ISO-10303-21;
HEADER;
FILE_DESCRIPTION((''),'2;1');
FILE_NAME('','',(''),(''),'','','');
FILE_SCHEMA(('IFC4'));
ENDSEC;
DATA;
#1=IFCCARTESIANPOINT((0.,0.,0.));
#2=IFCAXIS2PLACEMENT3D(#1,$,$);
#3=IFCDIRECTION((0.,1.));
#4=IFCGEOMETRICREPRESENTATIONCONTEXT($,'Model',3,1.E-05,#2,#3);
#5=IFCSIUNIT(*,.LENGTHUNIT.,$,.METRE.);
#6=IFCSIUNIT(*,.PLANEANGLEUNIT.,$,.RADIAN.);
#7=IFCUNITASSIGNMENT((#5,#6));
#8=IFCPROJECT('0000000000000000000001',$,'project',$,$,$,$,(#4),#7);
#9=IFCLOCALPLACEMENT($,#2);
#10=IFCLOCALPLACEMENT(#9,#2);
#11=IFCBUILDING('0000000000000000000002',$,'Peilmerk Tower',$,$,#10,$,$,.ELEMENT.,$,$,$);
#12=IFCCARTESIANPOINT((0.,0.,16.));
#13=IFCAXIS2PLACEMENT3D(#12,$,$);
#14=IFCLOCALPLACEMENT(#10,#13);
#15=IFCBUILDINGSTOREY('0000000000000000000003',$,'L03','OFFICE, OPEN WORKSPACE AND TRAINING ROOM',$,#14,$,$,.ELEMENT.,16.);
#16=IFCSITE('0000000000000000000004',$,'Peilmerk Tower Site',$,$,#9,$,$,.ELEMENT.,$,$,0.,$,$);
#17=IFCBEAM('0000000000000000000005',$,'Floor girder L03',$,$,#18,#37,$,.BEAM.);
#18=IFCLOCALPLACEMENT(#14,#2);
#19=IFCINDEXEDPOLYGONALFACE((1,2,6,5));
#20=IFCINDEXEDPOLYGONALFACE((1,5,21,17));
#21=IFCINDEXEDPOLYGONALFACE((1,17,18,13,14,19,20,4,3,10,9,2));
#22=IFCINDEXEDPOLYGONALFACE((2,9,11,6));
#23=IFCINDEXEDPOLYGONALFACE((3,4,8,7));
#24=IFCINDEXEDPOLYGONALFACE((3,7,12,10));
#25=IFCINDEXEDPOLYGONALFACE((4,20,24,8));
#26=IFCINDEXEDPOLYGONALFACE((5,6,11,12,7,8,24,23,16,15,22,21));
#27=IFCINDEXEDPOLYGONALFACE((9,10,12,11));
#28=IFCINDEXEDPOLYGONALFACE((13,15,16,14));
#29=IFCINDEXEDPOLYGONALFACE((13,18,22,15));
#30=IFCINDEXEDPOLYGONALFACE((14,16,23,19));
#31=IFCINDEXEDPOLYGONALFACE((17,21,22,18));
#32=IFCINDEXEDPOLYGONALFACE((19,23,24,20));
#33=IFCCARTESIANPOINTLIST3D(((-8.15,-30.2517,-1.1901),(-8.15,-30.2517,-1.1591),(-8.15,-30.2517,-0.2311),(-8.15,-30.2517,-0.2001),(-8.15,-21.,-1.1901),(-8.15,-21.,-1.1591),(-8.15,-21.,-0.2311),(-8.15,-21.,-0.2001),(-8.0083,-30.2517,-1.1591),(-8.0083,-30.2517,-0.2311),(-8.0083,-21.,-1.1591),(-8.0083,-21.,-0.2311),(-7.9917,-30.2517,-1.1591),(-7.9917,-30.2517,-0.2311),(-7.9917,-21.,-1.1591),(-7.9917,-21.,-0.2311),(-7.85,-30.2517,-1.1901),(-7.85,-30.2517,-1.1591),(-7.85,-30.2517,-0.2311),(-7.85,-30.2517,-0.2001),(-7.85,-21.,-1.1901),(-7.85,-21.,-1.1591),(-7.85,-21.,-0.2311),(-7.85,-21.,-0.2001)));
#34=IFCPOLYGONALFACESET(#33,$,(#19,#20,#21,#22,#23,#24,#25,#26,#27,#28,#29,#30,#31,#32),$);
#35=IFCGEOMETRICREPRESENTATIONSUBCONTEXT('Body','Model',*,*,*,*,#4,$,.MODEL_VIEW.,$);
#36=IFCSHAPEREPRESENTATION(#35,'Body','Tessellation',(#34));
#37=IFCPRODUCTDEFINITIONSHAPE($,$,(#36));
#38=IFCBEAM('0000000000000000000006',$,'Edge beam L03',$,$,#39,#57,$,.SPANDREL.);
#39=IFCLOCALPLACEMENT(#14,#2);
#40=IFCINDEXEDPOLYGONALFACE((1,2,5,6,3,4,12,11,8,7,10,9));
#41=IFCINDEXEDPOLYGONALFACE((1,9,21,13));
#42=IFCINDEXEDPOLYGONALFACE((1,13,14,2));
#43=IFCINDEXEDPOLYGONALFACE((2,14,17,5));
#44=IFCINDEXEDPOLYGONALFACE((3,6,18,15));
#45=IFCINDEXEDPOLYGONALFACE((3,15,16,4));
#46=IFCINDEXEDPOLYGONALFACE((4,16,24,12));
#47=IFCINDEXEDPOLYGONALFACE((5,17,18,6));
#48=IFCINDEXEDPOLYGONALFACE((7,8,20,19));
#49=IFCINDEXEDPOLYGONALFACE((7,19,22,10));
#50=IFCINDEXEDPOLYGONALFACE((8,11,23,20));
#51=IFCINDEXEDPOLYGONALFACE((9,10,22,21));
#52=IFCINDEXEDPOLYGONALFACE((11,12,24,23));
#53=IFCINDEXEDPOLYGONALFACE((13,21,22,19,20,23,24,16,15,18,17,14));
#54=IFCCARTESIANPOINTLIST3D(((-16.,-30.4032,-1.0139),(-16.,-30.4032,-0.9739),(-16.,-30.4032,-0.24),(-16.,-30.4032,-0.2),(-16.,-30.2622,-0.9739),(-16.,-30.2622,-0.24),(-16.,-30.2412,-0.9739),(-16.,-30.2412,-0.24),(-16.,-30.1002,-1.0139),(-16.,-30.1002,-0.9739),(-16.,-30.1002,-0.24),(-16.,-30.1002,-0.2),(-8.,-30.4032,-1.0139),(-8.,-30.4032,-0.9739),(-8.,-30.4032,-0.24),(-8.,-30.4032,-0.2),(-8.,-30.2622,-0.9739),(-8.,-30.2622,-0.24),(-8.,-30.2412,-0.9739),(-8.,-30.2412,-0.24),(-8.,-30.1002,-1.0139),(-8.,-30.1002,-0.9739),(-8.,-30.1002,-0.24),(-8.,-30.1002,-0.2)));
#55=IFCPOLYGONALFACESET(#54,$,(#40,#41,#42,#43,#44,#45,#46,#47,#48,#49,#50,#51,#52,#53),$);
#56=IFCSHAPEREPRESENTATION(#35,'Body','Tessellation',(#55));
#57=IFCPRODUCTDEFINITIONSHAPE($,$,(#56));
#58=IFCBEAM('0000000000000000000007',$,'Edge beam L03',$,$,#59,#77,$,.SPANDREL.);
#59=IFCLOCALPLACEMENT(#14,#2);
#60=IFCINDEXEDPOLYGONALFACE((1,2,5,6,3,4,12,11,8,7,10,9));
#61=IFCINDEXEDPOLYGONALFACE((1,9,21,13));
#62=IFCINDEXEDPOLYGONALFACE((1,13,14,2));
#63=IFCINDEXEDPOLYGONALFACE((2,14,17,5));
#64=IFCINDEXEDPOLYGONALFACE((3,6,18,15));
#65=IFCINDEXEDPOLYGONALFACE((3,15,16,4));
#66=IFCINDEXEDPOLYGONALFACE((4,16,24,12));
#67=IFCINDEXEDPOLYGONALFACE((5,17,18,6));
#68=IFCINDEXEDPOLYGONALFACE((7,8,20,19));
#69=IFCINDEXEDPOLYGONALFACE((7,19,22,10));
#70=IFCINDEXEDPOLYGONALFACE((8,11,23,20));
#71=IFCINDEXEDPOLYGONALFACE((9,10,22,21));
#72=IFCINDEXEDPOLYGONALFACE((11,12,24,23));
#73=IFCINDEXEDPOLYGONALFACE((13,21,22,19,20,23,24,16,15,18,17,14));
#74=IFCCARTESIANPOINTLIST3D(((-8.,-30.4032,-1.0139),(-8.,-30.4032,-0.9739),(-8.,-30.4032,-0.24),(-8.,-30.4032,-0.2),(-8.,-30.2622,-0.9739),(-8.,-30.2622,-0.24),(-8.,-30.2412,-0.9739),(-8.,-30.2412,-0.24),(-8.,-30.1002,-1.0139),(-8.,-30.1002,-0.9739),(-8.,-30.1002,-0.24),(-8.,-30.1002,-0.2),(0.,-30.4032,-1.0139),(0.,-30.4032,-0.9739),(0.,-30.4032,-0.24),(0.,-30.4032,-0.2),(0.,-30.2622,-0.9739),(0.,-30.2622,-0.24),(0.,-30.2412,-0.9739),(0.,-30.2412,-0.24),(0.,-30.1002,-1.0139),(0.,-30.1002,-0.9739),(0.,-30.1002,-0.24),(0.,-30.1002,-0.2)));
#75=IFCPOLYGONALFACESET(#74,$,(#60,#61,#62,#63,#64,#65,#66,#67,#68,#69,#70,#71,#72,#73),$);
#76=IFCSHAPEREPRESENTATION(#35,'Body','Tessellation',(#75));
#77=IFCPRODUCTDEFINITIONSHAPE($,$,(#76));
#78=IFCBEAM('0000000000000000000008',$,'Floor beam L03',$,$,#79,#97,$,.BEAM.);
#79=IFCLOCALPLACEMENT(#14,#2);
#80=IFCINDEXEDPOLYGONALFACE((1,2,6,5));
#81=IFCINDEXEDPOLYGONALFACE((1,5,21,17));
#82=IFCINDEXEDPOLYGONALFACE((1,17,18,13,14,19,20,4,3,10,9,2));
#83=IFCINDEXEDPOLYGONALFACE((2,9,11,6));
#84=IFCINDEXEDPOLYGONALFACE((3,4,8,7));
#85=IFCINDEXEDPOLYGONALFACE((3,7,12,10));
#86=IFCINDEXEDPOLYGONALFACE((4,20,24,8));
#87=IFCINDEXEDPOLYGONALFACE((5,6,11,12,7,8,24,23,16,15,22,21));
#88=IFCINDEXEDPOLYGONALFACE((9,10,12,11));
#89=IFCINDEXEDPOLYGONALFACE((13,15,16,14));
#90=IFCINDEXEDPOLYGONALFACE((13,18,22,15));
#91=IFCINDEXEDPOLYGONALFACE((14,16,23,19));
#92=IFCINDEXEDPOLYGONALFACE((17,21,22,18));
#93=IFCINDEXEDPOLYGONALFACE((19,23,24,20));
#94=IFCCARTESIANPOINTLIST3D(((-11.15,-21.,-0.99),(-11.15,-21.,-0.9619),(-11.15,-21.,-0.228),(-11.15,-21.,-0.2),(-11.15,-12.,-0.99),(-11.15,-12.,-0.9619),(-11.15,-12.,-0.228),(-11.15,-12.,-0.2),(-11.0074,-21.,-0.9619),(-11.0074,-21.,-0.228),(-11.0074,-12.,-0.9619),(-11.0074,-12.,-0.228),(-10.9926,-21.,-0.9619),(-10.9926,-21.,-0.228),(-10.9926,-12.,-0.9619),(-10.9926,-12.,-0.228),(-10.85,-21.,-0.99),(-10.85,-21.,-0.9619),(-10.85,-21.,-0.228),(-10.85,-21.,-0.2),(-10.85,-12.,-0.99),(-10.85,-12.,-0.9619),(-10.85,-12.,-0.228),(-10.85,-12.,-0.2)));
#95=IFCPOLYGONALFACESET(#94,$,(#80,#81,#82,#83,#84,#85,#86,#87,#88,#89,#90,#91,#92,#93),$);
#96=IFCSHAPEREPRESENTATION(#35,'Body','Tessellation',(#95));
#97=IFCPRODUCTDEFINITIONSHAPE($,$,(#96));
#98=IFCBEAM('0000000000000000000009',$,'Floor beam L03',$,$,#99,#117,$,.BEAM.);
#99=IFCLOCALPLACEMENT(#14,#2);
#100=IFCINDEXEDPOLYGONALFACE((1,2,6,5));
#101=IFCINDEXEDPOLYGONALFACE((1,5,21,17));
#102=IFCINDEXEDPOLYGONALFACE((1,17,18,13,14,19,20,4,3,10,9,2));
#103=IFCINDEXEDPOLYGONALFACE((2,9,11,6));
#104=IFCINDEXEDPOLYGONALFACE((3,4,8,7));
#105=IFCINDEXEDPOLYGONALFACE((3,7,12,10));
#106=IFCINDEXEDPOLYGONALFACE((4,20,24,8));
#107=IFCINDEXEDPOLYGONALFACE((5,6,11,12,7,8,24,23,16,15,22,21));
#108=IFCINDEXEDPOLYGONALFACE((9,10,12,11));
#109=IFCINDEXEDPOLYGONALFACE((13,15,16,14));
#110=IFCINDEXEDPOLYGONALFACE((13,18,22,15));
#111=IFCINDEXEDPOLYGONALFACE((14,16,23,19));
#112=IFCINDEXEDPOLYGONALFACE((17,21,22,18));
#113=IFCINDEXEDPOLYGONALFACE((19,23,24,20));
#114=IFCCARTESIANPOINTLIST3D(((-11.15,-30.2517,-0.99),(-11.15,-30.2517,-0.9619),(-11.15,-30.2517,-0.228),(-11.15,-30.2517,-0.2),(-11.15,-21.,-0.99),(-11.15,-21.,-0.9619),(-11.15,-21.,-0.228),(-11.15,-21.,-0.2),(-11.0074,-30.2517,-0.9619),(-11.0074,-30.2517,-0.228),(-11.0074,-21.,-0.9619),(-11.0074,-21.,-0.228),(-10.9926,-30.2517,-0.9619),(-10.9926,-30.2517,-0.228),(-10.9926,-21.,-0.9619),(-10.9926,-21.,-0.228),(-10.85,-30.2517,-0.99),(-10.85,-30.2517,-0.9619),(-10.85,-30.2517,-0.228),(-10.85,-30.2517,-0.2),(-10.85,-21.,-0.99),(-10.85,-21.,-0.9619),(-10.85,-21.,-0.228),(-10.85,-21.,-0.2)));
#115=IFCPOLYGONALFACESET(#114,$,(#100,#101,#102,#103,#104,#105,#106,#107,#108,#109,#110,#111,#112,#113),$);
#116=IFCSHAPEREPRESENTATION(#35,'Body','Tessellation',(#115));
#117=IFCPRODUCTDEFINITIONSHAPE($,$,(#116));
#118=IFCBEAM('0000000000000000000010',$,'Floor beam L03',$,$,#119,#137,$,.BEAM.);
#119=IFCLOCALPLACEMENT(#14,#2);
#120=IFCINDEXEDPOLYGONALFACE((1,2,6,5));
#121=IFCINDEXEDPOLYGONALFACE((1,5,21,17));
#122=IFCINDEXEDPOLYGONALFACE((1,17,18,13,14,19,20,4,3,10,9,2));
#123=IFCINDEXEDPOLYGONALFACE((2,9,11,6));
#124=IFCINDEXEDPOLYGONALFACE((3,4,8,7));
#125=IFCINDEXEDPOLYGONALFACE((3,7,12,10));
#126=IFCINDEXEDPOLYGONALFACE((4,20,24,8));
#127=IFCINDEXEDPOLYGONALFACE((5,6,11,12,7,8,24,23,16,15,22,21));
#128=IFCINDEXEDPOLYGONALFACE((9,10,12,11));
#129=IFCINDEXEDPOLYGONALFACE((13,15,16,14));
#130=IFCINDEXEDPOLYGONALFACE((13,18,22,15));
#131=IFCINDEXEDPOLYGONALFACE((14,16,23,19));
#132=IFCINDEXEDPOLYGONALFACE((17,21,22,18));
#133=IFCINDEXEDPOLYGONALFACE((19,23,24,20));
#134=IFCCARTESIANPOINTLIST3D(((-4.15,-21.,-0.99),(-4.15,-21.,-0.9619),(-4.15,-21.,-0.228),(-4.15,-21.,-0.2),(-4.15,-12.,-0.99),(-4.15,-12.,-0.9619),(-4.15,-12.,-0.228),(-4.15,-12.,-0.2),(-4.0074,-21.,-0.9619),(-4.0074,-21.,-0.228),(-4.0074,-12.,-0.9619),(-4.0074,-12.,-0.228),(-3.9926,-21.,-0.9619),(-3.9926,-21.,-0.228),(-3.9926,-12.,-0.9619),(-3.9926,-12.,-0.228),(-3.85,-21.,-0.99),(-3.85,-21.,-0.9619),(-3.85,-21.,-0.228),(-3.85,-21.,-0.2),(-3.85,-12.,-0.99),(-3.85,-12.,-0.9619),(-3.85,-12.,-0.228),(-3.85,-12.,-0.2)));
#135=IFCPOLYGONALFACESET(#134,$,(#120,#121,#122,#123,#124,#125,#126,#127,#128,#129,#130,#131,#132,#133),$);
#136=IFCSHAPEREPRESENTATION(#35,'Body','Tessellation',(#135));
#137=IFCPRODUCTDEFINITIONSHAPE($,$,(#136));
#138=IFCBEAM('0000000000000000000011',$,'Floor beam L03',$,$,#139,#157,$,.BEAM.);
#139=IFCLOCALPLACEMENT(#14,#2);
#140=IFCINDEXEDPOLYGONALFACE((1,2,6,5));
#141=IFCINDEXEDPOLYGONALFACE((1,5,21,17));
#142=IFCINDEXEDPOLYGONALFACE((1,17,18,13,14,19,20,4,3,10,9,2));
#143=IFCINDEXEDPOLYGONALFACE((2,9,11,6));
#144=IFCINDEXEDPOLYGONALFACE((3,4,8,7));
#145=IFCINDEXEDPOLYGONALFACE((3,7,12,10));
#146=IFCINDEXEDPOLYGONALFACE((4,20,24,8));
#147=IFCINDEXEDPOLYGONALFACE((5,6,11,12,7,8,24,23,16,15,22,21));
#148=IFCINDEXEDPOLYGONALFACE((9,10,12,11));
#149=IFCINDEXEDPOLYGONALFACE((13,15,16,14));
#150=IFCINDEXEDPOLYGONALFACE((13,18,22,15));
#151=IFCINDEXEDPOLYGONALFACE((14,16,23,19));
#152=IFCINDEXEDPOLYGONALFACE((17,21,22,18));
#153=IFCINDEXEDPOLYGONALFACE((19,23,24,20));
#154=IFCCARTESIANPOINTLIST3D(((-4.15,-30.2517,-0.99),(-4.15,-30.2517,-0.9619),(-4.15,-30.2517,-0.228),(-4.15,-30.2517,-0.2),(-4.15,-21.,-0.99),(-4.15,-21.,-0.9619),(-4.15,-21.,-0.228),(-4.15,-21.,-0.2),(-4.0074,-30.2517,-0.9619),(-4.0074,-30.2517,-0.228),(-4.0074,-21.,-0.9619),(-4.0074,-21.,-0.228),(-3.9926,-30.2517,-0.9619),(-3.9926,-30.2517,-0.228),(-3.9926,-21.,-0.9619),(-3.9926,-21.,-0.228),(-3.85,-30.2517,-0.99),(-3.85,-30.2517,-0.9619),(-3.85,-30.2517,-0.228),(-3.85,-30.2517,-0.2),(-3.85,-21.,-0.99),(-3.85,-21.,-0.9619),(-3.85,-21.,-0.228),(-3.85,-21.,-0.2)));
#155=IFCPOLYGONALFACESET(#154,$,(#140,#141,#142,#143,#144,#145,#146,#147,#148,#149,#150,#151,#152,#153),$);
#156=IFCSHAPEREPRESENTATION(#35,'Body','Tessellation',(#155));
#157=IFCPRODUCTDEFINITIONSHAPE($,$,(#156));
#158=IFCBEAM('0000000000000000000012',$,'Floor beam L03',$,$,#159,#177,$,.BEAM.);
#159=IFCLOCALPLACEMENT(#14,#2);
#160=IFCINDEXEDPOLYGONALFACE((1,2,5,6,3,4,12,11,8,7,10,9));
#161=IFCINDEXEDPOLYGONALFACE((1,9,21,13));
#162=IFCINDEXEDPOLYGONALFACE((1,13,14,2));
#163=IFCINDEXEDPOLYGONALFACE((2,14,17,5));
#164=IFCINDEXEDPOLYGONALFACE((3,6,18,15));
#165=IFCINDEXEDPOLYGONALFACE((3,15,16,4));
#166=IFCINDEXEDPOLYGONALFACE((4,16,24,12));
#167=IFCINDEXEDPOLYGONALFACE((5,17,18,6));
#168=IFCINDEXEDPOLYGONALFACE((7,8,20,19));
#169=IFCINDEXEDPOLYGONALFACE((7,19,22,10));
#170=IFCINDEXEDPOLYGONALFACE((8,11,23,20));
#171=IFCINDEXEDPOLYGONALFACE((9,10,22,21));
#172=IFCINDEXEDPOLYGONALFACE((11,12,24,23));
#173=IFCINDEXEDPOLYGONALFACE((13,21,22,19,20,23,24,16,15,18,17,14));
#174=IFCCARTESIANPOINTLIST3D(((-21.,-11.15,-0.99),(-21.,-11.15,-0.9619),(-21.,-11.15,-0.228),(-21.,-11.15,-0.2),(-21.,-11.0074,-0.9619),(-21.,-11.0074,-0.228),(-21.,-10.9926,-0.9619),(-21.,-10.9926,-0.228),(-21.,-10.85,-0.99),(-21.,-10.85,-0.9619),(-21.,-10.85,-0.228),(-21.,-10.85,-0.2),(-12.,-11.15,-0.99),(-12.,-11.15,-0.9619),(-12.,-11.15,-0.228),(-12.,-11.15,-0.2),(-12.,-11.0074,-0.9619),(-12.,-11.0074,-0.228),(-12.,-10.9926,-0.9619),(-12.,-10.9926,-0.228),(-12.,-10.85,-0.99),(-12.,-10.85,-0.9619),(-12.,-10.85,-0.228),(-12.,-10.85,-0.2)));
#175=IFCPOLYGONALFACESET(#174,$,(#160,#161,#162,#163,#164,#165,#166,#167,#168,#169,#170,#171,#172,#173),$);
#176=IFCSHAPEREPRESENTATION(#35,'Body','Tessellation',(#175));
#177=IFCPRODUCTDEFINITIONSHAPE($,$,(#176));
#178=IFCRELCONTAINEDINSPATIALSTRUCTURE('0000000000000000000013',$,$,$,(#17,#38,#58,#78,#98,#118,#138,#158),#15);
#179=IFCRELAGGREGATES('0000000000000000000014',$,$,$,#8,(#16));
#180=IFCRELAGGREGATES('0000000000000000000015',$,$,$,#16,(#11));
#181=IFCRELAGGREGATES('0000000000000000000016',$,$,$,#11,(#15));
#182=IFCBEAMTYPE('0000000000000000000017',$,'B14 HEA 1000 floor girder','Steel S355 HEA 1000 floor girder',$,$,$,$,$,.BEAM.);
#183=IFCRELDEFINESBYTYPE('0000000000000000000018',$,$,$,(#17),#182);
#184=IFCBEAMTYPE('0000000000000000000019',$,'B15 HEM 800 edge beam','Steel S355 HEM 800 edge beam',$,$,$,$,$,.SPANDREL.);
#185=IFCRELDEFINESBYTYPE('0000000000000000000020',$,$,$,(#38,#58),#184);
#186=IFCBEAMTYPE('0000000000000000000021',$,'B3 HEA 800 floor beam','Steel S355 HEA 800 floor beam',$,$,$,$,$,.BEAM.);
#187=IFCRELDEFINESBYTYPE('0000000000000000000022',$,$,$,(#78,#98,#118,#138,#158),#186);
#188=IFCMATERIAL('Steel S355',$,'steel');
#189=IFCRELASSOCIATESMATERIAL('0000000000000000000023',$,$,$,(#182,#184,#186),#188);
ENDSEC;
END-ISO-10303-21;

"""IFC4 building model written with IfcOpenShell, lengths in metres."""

from ifc_helpers import new_model, si_unit, direction, frame, origin, origin_2d, place, context, subcontext, project, spatial, i_section, extrude, material, material_profile, profile_set, type_object, element, save


model = new_model("IFC4")

# Units and contexts
model_context = context("Model", 3, precision=1e-05, world=origin(), true_north=direction((0.0, 1.0)))
body_context = subcontext(model_context, "Body", "Model", "MODEL_VIEW")
ifc_project = project(units=[si_unit("LENGTHUNIT", "METRE"), si_unit("PLANEANGLEUNIT", "RADIAN")], contexts=[model_context])

# Site, building, storey
site_placement = place(None, origin())
site = spatial("IfcSite", under=ifc_project, at=site_placement, Name="Peilmerk Tower Site", CompositionType="ELEMENT", RefElevation=0.0)
building_placement = place(site_placement, origin())
building = spatial("IfcBuilding", under=site, at=building_placement, Name="Peilmerk Tower", CompositionType="ELEMENT")
storey_placement = place(building_placement, frame((0.0, 0.0, 16.0)))
storey = spatial("IfcBuildingStorey", under=building, at=storey_placement, Name="L03", Description="OFFICE, OPEN WORKSPACE AND TRAINING ROOM", CompositionType="ELEMENT", Elevation=16.0)

# Beams
ifc_material_1 = material(Name="Steel S355", Category="steel")
ifc_material_profile_1 = material_profile(ifc_material_1, i_section(OverallWidth=0.3, OverallDepth=0.99, WebThickness=0.0166, FlangeThickness=0.031, at=origin_2d()), Name="HEA 1000")
ifc_profile_set_1 = profile_set([ifc_material_profile_1], Name="Steel S355")
beam_type_1 = type_object("IfcBeamType", Name="B14 HEA 1000 floor girder", Description="Steel S355 HEA 1000 floor girder", PredefinedType="BEAM", material=ifc_profile_set_1)
beam_1_placement = place(storey_placement, frame((-8.0, -21.0, -0.6951), z_axis=(0.0, -1.0, 0.0), x_axis=(1.0, 0.0, 0.0)))
element("IfcBeam", 1, at=beam_1_placement, inside=storey, type_object=beam_type_1, Name="Floor girder L03", PredefinedType="BEAM", context=body_context, shape_type="SweptSolid", body=[
    extrude(i_section(OverallWidth=0.3, OverallDepth=0.99, WebThickness=0.0166, FlangeThickness=0.031, at=origin_2d()), origin(), (0.0, 0.0, 1.0), 9.2517),
])
ifc_material_profile_2 = material_profile(ifc_material_1, i_section(OverallWidth=0.303, OverallDepth=0.814, WebThickness=0.021, FlangeThickness=0.04, at=origin_2d()), Name="HEM 800")
ifc_profile_set_2 = profile_set([ifc_material_profile_2], Name="Steel S355")
beam_type_2 = type_object("IfcBeamType", Name="B15 HEM 800 edge beam", Description="Steel S355 HEM 800 edge beam", PredefinedType="SPANDREL", material=ifc_profile_set_2)
for number, where, z_axis, x_axis, name in (
    (2, (-16.0, -30.2517, -0.6069), (1.0, 0.0, 0.0), (0.0, 1.0, 0.0), "Edge beam L03"),
    (3, (-8.0, -30.2517, -0.6069), (1.0, 0.0, 0.0), (0.0, 1.0, 0.0), "Edge beam L03"),
):
    element("IfcBeam", number, at=place(storey_placement, frame(where, z_axis=z_axis, x_axis=x_axis)), inside=storey, type_object=beam_type_2, Name=name, PredefinedType="SPANDREL", context=body_context, shape_type="SweptSolid", body=[
        extrude(i_section(OverallWidth=0.303, OverallDepth=0.814, WebThickness=0.021, FlangeThickness=0.04, at=origin_2d()), origin(), (0.0, 0.0, 1.0), 8.0),
    ])
ifc_material_profile_3 = material_profile(ifc_material_1, i_section(OverallWidth=0.3, OverallDepth=0.79, WebThickness=0.0149, FlangeThickness=0.0281, at=origin_2d()), Name="HEA 800")
ifc_profile_set_3 = profile_set([ifc_material_profile_3], Name="Steel S355")
beam_type_3 = type_object("IfcBeamType", Name="B3 HEA 800 floor beam", Description="Steel S355 HEA 800 floor beam", PredefinedType="BEAM", material=ifc_profile_set_3)
beam_2_placement = place(storey_placement, frame((-11.0, -12.0, -0.595), z_axis=(0.0, -1.0, 0.0), x_axis=(1.0, 0.0, 0.0)))
element("IfcBeam", 4, at=beam_2_placement, inside=storey, type_object=beam_type_3, Name="Floor beam L03", PredefinedType="BEAM", context=body_context, shape_type="SweptSolid", body=[
    extrude(i_section(OverallWidth=0.3, OverallDepth=0.79, WebThickness=0.0149, FlangeThickness=0.0281, at=origin_2d()), origin(), (0.0, 0.0, 1.0), 9.0),
])
beam_3_placement = place(storey_placement, frame((-11.0, -21.0, -0.595), z_axis=(0.0, -1.0, 0.0), x_axis=(1.0, 0.0, 0.0)))
element("IfcBeam", 5, at=beam_3_placement, inside=storey, type_object=beam_type_3, Name="Floor beam L03", PredefinedType="BEAM", context=body_context, shape_type="SweptSolid", body=[
    extrude(i_section(OverallWidth=0.3, OverallDepth=0.79, WebThickness=0.0149, FlangeThickness=0.0281, at=origin_2d()), origin(), (0.0, 0.0, 1.0), 9.2517),
])
beam_4_placement = place(storey_placement, frame((-4.0, -12.0, -0.595), z_axis=(0.0, -1.0, 0.0), x_axis=(1.0, 0.0, 0.0)))
element("IfcBeam", 6, at=beam_4_placement, inside=storey, type_object=beam_type_3, Name="Floor beam L03", PredefinedType="BEAM", context=body_context, shape_type="SweptSolid", body=[
    extrude(i_section(OverallWidth=0.3, OverallDepth=0.79, WebThickness=0.0149, FlangeThickness=0.0281, at=origin_2d()), origin(), (0.0, 0.0, 1.0), 9.0),
])
beam_5_placement = place(storey_placement, frame((-4.0, -21.0, -0.595), z_axis=(0.0, -1.0, 0.0), x_axis=(1.0, 0.0, 0.0)))
element("IfcBeam", 7, at=beam_5_placement, inside=storey, type_object=beam_type_3, Name="Floor beam L03", PredefinedType="BEAM", context=body_context, shape_type="SweptSolid", body=[
    extrude(i_section(OverallWidth=0.3, OverallDepth=0.79, WebThickness=0.0149, FlangeThickness=0.0281, at=origin_2d()), origin(), (0.0, 0.0, 1.0), 9.2517),
])
beam_6_placement = place(storey_placement, frame((-12.0, -11.0, -0.595), z_axis=(-1.0, 0.0, 0.0), x_axis=(0.0, -1.0, 0.0)))
element("IfcBeam", 8, at=beam_6_placement, inside=storey, type_object=beam_type_3, Name="Floor beam L03", PredefinedType="BEAM", context=body_context, shape_type="SweptSolid", body=[
    extrude(i_section(OverallWidth=0.3, OverallDepth=0.79, WebThickness=0.0149, FlangeThickness=0.0281, at=origin_2d()), origin(), (0.0, 0.0, 1.0), 9.0),
])

save(model, "model.ifc")
